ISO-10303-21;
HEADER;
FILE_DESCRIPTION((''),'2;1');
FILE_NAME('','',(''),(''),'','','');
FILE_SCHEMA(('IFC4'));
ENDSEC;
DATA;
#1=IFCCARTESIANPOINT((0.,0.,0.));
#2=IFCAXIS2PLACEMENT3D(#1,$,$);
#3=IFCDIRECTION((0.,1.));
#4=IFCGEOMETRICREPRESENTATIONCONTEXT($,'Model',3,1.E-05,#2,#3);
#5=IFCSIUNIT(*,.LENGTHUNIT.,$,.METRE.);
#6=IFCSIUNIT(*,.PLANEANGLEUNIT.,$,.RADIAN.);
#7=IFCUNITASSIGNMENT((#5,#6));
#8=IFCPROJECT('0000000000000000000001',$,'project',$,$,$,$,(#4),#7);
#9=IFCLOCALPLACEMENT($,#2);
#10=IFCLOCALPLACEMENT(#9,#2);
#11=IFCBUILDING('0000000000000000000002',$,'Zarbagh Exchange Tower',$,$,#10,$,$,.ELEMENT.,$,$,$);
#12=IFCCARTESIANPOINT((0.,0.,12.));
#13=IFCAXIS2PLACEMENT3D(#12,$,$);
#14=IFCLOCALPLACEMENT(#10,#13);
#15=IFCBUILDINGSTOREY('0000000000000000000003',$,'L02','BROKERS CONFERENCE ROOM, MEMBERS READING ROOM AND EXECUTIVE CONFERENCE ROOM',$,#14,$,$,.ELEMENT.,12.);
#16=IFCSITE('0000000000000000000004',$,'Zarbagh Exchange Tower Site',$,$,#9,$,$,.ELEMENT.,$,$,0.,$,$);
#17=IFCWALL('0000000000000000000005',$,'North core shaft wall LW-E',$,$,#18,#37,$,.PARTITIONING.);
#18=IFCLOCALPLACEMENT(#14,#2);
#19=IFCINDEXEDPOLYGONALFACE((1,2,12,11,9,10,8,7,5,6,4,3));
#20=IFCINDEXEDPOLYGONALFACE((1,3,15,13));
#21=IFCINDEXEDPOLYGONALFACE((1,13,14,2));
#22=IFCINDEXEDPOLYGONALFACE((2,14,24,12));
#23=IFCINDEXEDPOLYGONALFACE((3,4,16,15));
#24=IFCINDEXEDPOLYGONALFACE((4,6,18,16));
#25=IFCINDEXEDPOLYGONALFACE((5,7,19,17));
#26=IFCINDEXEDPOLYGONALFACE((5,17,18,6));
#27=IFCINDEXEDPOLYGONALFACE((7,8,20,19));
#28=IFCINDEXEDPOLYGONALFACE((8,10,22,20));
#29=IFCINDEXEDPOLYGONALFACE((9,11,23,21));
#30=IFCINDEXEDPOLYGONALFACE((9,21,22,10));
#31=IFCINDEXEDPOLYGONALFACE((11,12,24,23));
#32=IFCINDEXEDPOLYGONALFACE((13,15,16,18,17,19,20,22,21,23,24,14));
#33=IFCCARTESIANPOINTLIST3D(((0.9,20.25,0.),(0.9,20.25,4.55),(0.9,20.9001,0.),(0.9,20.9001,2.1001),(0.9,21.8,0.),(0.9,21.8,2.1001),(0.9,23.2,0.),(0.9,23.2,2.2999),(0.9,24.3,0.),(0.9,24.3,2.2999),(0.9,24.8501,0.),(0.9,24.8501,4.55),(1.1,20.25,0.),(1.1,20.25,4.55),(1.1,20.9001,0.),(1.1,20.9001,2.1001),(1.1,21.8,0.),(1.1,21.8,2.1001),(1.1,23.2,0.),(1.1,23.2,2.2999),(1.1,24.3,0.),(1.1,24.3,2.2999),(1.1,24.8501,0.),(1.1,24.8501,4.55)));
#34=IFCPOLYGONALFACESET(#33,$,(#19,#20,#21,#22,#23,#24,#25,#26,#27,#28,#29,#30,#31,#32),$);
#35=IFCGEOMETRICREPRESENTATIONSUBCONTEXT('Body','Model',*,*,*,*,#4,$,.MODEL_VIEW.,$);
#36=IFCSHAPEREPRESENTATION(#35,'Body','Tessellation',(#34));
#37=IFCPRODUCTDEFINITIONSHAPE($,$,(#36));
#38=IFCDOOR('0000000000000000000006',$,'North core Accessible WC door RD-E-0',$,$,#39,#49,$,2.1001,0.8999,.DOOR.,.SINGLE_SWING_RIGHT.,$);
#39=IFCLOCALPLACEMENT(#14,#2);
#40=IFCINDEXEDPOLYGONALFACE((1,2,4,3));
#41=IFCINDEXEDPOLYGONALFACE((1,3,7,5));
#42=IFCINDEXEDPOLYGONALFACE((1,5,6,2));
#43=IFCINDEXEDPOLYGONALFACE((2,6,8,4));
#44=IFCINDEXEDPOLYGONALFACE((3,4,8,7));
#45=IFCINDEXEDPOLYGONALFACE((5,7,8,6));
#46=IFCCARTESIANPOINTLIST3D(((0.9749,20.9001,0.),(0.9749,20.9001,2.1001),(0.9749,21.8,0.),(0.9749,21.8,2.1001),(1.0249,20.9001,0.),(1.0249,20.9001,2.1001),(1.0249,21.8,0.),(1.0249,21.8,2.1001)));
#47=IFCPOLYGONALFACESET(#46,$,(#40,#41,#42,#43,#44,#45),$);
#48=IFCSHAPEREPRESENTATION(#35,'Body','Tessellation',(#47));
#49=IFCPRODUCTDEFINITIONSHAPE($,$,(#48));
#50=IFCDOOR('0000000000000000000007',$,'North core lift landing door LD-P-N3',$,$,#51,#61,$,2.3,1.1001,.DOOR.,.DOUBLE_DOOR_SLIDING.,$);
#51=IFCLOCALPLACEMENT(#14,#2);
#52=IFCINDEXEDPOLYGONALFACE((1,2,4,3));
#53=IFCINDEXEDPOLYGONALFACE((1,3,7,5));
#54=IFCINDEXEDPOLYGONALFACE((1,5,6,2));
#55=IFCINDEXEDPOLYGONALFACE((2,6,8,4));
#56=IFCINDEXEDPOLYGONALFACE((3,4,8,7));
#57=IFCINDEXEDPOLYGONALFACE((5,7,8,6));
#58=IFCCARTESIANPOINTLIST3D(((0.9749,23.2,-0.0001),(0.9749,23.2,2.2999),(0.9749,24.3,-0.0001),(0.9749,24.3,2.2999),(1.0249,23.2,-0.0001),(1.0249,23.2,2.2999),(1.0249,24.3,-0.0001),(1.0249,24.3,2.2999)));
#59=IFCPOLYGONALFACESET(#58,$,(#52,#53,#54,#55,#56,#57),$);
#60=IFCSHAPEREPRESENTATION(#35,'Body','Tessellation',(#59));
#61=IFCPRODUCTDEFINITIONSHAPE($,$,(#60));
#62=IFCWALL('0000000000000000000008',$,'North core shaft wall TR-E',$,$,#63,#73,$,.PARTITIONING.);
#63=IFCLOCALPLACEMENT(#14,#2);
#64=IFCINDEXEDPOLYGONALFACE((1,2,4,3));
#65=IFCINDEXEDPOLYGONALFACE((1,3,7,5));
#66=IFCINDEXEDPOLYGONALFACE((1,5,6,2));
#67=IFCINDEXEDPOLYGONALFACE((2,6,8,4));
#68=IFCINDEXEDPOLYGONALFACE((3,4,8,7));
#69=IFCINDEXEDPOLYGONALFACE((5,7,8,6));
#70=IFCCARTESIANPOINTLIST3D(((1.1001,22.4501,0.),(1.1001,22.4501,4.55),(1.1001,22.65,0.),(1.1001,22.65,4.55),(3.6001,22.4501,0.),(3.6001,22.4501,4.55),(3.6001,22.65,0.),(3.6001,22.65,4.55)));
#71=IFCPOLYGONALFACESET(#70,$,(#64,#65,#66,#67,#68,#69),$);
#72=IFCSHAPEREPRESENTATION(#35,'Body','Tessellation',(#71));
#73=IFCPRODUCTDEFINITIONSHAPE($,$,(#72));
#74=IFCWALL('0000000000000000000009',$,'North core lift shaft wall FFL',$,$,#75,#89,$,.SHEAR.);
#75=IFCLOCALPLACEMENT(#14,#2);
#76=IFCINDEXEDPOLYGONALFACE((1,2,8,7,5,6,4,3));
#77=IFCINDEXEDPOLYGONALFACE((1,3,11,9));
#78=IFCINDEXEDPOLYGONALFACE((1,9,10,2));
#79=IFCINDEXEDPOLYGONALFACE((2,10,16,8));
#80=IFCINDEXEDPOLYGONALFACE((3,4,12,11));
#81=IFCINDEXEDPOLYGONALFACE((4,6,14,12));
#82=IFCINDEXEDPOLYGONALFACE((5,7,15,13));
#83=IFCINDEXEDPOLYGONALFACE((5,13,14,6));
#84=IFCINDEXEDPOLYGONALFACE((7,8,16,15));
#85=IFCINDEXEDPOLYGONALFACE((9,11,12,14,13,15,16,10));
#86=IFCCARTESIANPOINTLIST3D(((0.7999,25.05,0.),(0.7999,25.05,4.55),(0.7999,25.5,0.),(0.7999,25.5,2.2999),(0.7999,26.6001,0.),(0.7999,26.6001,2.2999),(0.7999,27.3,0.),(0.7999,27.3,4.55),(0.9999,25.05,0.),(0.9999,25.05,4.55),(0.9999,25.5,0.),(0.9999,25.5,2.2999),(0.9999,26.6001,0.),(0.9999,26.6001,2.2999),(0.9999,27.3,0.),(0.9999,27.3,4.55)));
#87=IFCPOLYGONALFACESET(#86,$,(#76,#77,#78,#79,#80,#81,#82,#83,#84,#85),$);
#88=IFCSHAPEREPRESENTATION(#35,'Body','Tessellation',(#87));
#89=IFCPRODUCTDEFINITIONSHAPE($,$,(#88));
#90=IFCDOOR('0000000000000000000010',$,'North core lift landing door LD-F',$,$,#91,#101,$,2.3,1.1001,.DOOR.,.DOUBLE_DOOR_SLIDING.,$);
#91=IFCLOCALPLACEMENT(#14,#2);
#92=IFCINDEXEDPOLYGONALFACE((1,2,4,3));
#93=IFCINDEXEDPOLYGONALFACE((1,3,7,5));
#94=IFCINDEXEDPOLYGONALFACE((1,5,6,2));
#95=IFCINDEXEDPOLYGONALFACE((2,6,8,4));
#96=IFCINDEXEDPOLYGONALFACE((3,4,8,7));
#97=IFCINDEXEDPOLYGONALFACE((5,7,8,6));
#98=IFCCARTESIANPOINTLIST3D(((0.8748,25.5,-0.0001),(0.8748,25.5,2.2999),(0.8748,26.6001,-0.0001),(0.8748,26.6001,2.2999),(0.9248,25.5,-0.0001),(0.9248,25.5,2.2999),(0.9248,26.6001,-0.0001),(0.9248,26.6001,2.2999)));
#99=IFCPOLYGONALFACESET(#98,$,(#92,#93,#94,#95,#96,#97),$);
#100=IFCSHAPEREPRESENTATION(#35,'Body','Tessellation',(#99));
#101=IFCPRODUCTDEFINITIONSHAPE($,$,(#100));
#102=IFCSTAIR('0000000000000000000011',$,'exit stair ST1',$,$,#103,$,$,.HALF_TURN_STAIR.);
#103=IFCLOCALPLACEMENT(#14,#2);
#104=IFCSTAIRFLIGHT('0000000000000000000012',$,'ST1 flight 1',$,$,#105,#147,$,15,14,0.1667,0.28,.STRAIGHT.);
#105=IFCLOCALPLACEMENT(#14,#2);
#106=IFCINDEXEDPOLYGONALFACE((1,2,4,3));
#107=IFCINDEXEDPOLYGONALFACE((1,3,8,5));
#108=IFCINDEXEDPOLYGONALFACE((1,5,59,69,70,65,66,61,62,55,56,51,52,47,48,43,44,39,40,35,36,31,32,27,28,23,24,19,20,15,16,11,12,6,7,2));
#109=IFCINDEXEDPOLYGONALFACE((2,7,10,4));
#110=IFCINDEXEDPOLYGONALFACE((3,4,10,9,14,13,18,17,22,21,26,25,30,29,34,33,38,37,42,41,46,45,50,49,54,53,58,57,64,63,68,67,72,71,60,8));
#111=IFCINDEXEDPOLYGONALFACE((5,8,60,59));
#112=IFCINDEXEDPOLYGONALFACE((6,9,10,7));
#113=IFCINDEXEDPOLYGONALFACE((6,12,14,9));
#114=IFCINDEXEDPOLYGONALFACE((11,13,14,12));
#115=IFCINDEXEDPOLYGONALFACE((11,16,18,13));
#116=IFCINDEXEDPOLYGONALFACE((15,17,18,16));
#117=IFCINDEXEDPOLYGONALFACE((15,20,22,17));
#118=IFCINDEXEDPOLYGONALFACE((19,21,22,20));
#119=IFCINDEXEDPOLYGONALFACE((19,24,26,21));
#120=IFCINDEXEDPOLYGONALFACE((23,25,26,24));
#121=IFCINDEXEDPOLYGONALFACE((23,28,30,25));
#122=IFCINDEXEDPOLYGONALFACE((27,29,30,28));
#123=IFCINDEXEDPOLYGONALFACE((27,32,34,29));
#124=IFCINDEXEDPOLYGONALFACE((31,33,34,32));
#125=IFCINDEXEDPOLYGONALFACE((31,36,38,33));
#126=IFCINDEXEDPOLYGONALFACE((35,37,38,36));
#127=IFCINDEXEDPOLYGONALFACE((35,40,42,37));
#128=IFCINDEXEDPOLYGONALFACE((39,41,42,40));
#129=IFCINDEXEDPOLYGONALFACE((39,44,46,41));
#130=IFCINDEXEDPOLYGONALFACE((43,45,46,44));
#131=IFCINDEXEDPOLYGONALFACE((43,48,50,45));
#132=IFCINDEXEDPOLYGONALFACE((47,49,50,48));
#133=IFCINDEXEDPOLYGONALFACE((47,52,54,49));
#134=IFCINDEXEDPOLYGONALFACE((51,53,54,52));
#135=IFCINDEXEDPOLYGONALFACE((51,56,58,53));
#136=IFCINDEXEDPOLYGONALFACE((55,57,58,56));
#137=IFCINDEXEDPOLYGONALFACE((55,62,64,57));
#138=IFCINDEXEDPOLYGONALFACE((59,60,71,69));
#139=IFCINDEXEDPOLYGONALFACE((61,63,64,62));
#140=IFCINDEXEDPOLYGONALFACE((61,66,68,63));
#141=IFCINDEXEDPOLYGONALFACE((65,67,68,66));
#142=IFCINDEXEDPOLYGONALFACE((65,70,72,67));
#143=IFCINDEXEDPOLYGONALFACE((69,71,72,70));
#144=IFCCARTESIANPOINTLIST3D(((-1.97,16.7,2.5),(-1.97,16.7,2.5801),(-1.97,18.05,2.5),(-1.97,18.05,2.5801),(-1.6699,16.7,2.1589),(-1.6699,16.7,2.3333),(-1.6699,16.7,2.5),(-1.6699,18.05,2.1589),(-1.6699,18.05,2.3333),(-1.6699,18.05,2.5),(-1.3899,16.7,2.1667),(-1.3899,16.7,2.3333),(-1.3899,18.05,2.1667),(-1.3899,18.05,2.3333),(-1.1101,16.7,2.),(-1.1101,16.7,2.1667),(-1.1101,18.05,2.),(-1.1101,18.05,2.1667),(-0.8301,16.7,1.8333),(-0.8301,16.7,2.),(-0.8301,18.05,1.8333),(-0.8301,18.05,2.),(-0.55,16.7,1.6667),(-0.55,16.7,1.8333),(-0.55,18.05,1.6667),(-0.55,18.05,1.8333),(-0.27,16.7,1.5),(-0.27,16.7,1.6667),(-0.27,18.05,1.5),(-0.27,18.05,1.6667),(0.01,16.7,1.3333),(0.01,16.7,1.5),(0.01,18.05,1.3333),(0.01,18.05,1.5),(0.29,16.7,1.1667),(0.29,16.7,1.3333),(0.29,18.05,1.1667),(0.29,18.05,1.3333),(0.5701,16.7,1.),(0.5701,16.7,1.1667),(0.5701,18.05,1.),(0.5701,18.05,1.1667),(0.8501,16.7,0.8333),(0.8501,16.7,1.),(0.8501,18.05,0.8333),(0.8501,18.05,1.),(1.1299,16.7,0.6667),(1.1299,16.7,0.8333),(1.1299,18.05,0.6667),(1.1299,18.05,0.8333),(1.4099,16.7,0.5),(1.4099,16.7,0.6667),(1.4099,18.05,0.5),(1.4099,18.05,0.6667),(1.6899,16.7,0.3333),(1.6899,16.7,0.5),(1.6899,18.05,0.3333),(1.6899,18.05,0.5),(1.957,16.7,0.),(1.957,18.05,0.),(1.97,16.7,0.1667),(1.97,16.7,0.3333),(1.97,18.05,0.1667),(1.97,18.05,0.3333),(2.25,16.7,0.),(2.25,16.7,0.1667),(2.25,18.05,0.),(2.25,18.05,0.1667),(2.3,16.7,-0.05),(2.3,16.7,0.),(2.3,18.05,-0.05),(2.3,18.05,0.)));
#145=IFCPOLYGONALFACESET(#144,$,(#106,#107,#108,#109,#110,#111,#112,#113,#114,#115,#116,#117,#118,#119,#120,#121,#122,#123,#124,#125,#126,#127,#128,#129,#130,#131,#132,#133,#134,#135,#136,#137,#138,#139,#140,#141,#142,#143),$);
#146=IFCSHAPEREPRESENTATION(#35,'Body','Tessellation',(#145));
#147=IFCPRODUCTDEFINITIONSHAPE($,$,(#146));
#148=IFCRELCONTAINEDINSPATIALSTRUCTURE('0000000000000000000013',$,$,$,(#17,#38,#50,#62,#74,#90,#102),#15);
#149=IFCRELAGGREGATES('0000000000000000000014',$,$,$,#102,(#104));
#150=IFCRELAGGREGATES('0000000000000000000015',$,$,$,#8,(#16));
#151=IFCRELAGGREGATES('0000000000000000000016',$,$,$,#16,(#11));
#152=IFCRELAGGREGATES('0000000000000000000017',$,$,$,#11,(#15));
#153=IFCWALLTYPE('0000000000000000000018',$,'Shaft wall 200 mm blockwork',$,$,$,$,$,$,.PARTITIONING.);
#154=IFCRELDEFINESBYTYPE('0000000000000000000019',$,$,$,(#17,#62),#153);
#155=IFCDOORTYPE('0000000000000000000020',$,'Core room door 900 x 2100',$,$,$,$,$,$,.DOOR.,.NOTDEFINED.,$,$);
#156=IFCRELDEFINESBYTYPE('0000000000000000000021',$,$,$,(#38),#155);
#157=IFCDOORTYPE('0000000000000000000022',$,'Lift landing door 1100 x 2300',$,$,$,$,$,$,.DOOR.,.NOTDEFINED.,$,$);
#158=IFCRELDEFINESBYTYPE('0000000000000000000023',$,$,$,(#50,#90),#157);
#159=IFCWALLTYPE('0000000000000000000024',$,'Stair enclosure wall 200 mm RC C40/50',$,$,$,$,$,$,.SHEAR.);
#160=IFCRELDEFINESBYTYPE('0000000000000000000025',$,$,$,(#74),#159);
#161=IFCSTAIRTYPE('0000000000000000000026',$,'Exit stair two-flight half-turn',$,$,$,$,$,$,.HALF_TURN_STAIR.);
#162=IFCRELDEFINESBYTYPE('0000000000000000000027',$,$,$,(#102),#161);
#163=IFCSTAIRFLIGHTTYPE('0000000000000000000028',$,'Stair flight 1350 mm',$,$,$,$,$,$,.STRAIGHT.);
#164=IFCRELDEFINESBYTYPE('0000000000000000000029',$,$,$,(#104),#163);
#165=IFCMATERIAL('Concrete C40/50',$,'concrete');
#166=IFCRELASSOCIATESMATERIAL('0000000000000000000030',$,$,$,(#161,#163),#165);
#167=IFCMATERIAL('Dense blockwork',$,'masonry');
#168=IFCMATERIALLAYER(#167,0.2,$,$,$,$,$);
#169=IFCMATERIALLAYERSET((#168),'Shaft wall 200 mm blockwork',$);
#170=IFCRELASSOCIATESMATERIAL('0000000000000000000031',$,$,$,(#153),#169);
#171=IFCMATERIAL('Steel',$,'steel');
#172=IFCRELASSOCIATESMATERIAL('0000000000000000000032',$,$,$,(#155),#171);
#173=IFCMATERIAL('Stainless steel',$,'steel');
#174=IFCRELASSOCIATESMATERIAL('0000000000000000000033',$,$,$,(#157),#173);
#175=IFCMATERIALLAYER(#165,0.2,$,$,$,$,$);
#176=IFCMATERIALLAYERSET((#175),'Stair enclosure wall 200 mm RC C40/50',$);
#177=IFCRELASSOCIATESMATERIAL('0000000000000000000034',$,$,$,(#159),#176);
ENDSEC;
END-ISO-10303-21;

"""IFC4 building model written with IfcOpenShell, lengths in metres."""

from ifc_helpers import new_model, si_unit, direction, frame, frame_2d, origin, place, context, subcontext, project, spatial, polyline, rectangle, outline, extrude, material, layer, layer_set, type_object, element, fill, aggregate, save


model = new_model("IFC4")

# Units and contexts
model_context = context("Model", 3, precision=1e-05, world=origin(), true_north=direction((0.0, 1.0)))
body_context = subcontext(model_context, "Body", "Model", "MODEL_VIEW")
ifc_project = project(units=[si_unit("LENGTHUNIT", "METRE"), si_unit("PLANEANGLEUNIT", "RADIAN")], contexts=[model_context])

# Site, building, storey
site_placement = place(None, origin())
site = spatial("IfcSite", under=ifc_project, at=site_placement, Name="Zarbagh Exchange Tower Site", CompositionType="ELEMENT", RefElevation=0.0)
building_placement = place(site_placement, origin())
building = spatial("IfcBuilding", under=site, at=building_placement, Name="Zarbagh Exchange Tower", CompositionType="ELEMENT")
storey_placement = place(building_placement, frame((0.0, 0.0, 12.0)))
storey = spatial("IfcBuildingStorey", under=building, at=storey_placement, Name="L02", Description="BROKERS CONFERENCE ROOM, MEMBERS READING ROOM AND EXECUTIVE CONFERENCE ROOM", CompositionType="ELEMENT", Elevation=12.0)

# Shared definitions
ifc_material_1 = material(Name="Concrete C40/50", Category="concrete")
stair_type = type_object("IfcStairType", Name="Exit stair two-flight half-turn", PredefinedType="HALF_TURN_STAIR", material=ifc_material_1)

# Shared definitions
ifc_material_2 = material(Name="Dense blockwork", Category="masonry")
ifc_layer_1 = layer(ifc_material_2, 0.2)
ifc_layer_set_1 = layer_set([ifc_layer_1], Name="Shaft wall 200 mm blockwork")
wall_type_1 = type_object("IfcWallType", Name="Shaft wall 200 mm blockwork", PredefinedType="PARTITIONING", material=ifc_layer_set_1)

# Wall, openings, doors
wall_1_placement = place(storey_placement, frame((1.0, 24.8501, 0.0), z_axis=(0.0, 0.0, 1.0), x_axis=(0.0, -1.0, 0.0)))
wall_1 = element("IfcWall", 1, at=wall_1_placement, inside=storey, type_object=wall_type_1, Name="North core shaft wall LW-E", PredefinedType="PARTITIONING", context=body_context, shape_type="SweptSolid", body=[
    extrude(rectangle(XDim=4.6001, YDim=0.2, at=frame_2d((2.3, 0.0))), origin(), (0.0, 0.0, 1.0), 4.55),
])
opening_1_placement = place(wall_1_placement, frame((0.55, 0.0, 0.0)))
opening_1 = element("IfcOpeningElement", 2, at=opening_1_placement, cuts=wall_1, PredefinedType="OPENING", context=body_context, shape_type="SweptSolid", body=[
    extrude(rectangle(XDim=1.1001, YDim=2.3, at=frame_2d((0.55, 1.1499))), frame((0.0, 0.1099, 0.0), z_axis=(0.0, -1.0, 0.0), x_axis=(1.0, 0.0, 0.0)), (0.0, 0.0, 1.0), 0.22),
])
opening_2_placement = place(wall_1_placement, frame((3.05, 0.0, 0.0)))
opening_2 = element("IfcOpeningElement", 3, at=opening_2_placement, cuts=wall_1, PredefinedType="OPENING", context=body_context, shape_type="SweptSolid", body=[
    extrude(rectangle(XDim=0.8999, YDim=2.1001, at=frame_2d((0.45, 1.05))), frame((0.0, 0.1099, 0.0), z_axis=(0.0, -1.0, 0.0), x_axis=(1.0, 0.0, 0.0)), (0.0, 0.0, 1.0), 0.22),
])
ifc_material_3 = material(Name="Steel", Category="steel")
door_type_1 = type_object("IfcDoorType", Name="Core room door 900 x 2100", OperationType="NOTDEFINED", PredefinedType="DOOR", material=ifc_material_3)
door_1_placement = place(opening_2_placement, origin())
door_1 = element("IfcDoor", 4, at=door_1_placement, inside=storey, type_object=door_type_1, Name="North core Accessible WC door RD-E-0", OperationType="SINGLE_SWING_RIGHT", OverallHeight=2.1001, OverallWidth=0.8999, PredefinedType="DOOR", context=body_context, shape_type="SweptSolid", body=[
    extrude(rectangle(XDim=0.8999, YDim=2.1001, at=frame_2d((0.45, 1.05))), frame((0.0, 0.0249, 0.0), z_axis=(0.0, -1.0, 0.0), x_axis=(1.0, 0.0, 0.0)), (0.0, 0.0, 1.0), 0.05),
])
fill(opening_2, door_1)
ifc_material_4 = material(Name="Stainless steel", Category="steel")
door_type_2 = type_object("IfcDoorType", Name="Lift landing door 1100 x 2300", OperationType="NOTDEFINED", PredefinedType="DOOR", material=ifc_material_4)
door_2_placement = place(opening_1_placement, origin())
door_2 = element("IfcDoor", 5, at=door_2_placement, inside=storey, type_object=door_type_2, Name="North core lift landing door LD-P-N3", OperationType="DOUBLE_DOOR_SLIDING", OverallHeight=2.3, OverallWidth=1.1001, PredefinedType="DOOR", context=body_context, shape_type="SweptSolid", body=[
    extrude(rectangle(XDim=1.1001, YDim=2.3, at=frame_2d((0.55, 1.1499))), frame((0.0, 0.0249, 0.0), z_axis=(0.0, -1.0, 0.0), x_axis=(1.0, 0.0, 0.0)), (0.0, 0.0, 1.0), 0.05),
])
fill(opening_1, door_2)

# Wall
wall_2_placement = place(storey_placement, frame((1.1001, 22.55, 0.0), z_axis=(0.0, 0.0, 1.0), x_axis=(1.0, 0.0, 0.0)))
element("IfcWall", 6, at=wall_2_placement, inside=storey, type_object=wall_type_1, Name="North core shaft wall TR-E", PredefinedType="PARTITIONING", context=body_context, shape_type="SweptSolid", body=[
    extrude(rectangle(XDim=2.5, YDim=0.2, at=frame_2d((1.25, 0.0))), origin(), (0.0, 0.0, 1.0), 4.55),
])

# Wall, opening, door
ifc_layer_2 = layer(ifc_material_1, 0.2)
ifc_layer_set_2 = layer_set([ifc_layer_2], Name="Stair enclosure wall 200 mm RC C40/50")
wall_type_2 = type_object("IfcWallType", Name="Stair enclosure wall 200 mm RC C40/50", PredefinedType="SHEAR", material=ifc_layer_set_2)
wall_3_placement = place(storey_placement, frame((0.8999, 27.3, 0.0), z_axis=(0.0, 0.0, 1.0), x_axis=(0.0, -1.0, 0.0)))
wall_3 = element("IfcWall", 7, at=wall_3_placement, inside=storey, type_object=wall_type_2, Name="North core lift shaft wall FFL", PredefinedType="SHEAR", context=body_context, shape_type="SweptSolid", body=[
    extrude(rectangle(XDim=2.25, YDim=0.2, at=frame_2d((1.125, 0.0))), origin(), (0.0, 0.0, 1.0), 4.55),
])
opening_3_placement = place(wall_3_placement, frame((0.7, 0.0, 0.0)))
opening_3 = element("IfcOpeningElement", 8, at=opening_3_placement, cuts=wall_3, PredefinedType="OPENING", context=body_context, shape_type="SweptSolid", body=[
    extrude(rectangle(XDim=1.1001, YDim=2.3, at=frame_2d((0.55, 1.1499))), frame((0.0, 0.1099, 0.0), z_axis=(0.0, -1.0, 0.0), x_axis=(1.0, 0.0, 0.0)), (0.0, 0.0, 1.0), 0.22),
])
door_3_placement = place(opening_3_placement, origin())
door_3 = element("IfcDoor", 9, at=door_3_placement, inside=storey, type_object=door_type_2, Name="North core lift landing door LD-F", OperationType="DOUBLE_DOOR_SLIDING", OverallHeight=2.3, OverallWidth=1.1001, PredefinedType="DOOR", context=body_context, shape_type="SweptSolid", body=[
    extrude(rectangle(XDim=1.1001, YDim=2.3, at=frame_2d((0.55, 1.1499))), frame((0.0, 0.0249, 0.0), z_axis=(0.0, -1.0, 0.0), x_axis=(1.0, 0.0, 0.0)), (0.0, 0.0, 1.0), 0.05),
])
fill(opening_3, door_3)

# Stair, stair flight
stair_1_placement = place(storey_placement, origin())
stair_1 = element("IfcStair", 10, at=stair_1_placement, inside=storey, type_object=stair_type, Name="exit stair ST1", PredefinedType="HALF_TURN_STAIR")
stair_flight_type = type_object("IfcStairFlightType", Name="Stair flight 1350 mm", PredefinedType="STRAIGHT", material=ifc_material_1)
stair_flight_1_placement = place(storey_placement, frame((2.25, 17.375, 0.0), z_axis=(0.0, 0.0, 1.0), x_axis=(-1.0, 0.0, 0.0)))
stair_flight_1 = element("IfcStairFlight", 11, at=stair_flight_1_placement, type_object=stair_flight_type, Name="ST1 flight 1", NumberOfRisers=15, NumberOfTreads=14, PredefinedType="STRAIGHT", RiserHeight=0.1667, TreadLength=0.28, context=body_context, shape_type="SweptSolid", body=[
    extrude(outline(polyline([(-0.05, -0.05), (-0.05, 0.0), (0.0, 0.0), (0.0, 0.1667), (0.28, 0.1667), (0.28, 0.3333), (0.5601, 0.3333), (0.5601, 0.5), (0.8401, 0.5), (0.8401, 0.6667), (1.1201, 0.6667), (1.1201, 0.8333), (1.3999, 0.8333), (1.3999, 1.0), (1.6799, 1.0), (1.6799, 1.1667), (1.96, 1.1667), (1.96, 1.3333), (2.24, 1.3333), (2.24, 1.5), (2.52, 1.5), (2.52, 1.6667), (2.8, 1.6667), (2.8, 1.8333), (3.0801, 1.8333), (3.0801, 2.0), (3.3601, 2.0), (3.3601, 2.1667), (3.6399, 2.1667), (3.6399, 2.3333), (3.9199, 2.3333), (3.9199, 2.5), (4.22, 2.5801), (4.22, 2.5), (3.9199, 2.1589), (0.293, 0.0), (-0.05, -0.05)])), frame((0.0, 0.675, 0.0), z_axis=(0.0, -1.0, 0.0), x_axis=(1.0, 0.0, 0.0)), (0.0, 0.0, 1.0), 1.3501),
])
aggregate(stair_1, [stair_flight_1])

save(model, "model.ifc")
